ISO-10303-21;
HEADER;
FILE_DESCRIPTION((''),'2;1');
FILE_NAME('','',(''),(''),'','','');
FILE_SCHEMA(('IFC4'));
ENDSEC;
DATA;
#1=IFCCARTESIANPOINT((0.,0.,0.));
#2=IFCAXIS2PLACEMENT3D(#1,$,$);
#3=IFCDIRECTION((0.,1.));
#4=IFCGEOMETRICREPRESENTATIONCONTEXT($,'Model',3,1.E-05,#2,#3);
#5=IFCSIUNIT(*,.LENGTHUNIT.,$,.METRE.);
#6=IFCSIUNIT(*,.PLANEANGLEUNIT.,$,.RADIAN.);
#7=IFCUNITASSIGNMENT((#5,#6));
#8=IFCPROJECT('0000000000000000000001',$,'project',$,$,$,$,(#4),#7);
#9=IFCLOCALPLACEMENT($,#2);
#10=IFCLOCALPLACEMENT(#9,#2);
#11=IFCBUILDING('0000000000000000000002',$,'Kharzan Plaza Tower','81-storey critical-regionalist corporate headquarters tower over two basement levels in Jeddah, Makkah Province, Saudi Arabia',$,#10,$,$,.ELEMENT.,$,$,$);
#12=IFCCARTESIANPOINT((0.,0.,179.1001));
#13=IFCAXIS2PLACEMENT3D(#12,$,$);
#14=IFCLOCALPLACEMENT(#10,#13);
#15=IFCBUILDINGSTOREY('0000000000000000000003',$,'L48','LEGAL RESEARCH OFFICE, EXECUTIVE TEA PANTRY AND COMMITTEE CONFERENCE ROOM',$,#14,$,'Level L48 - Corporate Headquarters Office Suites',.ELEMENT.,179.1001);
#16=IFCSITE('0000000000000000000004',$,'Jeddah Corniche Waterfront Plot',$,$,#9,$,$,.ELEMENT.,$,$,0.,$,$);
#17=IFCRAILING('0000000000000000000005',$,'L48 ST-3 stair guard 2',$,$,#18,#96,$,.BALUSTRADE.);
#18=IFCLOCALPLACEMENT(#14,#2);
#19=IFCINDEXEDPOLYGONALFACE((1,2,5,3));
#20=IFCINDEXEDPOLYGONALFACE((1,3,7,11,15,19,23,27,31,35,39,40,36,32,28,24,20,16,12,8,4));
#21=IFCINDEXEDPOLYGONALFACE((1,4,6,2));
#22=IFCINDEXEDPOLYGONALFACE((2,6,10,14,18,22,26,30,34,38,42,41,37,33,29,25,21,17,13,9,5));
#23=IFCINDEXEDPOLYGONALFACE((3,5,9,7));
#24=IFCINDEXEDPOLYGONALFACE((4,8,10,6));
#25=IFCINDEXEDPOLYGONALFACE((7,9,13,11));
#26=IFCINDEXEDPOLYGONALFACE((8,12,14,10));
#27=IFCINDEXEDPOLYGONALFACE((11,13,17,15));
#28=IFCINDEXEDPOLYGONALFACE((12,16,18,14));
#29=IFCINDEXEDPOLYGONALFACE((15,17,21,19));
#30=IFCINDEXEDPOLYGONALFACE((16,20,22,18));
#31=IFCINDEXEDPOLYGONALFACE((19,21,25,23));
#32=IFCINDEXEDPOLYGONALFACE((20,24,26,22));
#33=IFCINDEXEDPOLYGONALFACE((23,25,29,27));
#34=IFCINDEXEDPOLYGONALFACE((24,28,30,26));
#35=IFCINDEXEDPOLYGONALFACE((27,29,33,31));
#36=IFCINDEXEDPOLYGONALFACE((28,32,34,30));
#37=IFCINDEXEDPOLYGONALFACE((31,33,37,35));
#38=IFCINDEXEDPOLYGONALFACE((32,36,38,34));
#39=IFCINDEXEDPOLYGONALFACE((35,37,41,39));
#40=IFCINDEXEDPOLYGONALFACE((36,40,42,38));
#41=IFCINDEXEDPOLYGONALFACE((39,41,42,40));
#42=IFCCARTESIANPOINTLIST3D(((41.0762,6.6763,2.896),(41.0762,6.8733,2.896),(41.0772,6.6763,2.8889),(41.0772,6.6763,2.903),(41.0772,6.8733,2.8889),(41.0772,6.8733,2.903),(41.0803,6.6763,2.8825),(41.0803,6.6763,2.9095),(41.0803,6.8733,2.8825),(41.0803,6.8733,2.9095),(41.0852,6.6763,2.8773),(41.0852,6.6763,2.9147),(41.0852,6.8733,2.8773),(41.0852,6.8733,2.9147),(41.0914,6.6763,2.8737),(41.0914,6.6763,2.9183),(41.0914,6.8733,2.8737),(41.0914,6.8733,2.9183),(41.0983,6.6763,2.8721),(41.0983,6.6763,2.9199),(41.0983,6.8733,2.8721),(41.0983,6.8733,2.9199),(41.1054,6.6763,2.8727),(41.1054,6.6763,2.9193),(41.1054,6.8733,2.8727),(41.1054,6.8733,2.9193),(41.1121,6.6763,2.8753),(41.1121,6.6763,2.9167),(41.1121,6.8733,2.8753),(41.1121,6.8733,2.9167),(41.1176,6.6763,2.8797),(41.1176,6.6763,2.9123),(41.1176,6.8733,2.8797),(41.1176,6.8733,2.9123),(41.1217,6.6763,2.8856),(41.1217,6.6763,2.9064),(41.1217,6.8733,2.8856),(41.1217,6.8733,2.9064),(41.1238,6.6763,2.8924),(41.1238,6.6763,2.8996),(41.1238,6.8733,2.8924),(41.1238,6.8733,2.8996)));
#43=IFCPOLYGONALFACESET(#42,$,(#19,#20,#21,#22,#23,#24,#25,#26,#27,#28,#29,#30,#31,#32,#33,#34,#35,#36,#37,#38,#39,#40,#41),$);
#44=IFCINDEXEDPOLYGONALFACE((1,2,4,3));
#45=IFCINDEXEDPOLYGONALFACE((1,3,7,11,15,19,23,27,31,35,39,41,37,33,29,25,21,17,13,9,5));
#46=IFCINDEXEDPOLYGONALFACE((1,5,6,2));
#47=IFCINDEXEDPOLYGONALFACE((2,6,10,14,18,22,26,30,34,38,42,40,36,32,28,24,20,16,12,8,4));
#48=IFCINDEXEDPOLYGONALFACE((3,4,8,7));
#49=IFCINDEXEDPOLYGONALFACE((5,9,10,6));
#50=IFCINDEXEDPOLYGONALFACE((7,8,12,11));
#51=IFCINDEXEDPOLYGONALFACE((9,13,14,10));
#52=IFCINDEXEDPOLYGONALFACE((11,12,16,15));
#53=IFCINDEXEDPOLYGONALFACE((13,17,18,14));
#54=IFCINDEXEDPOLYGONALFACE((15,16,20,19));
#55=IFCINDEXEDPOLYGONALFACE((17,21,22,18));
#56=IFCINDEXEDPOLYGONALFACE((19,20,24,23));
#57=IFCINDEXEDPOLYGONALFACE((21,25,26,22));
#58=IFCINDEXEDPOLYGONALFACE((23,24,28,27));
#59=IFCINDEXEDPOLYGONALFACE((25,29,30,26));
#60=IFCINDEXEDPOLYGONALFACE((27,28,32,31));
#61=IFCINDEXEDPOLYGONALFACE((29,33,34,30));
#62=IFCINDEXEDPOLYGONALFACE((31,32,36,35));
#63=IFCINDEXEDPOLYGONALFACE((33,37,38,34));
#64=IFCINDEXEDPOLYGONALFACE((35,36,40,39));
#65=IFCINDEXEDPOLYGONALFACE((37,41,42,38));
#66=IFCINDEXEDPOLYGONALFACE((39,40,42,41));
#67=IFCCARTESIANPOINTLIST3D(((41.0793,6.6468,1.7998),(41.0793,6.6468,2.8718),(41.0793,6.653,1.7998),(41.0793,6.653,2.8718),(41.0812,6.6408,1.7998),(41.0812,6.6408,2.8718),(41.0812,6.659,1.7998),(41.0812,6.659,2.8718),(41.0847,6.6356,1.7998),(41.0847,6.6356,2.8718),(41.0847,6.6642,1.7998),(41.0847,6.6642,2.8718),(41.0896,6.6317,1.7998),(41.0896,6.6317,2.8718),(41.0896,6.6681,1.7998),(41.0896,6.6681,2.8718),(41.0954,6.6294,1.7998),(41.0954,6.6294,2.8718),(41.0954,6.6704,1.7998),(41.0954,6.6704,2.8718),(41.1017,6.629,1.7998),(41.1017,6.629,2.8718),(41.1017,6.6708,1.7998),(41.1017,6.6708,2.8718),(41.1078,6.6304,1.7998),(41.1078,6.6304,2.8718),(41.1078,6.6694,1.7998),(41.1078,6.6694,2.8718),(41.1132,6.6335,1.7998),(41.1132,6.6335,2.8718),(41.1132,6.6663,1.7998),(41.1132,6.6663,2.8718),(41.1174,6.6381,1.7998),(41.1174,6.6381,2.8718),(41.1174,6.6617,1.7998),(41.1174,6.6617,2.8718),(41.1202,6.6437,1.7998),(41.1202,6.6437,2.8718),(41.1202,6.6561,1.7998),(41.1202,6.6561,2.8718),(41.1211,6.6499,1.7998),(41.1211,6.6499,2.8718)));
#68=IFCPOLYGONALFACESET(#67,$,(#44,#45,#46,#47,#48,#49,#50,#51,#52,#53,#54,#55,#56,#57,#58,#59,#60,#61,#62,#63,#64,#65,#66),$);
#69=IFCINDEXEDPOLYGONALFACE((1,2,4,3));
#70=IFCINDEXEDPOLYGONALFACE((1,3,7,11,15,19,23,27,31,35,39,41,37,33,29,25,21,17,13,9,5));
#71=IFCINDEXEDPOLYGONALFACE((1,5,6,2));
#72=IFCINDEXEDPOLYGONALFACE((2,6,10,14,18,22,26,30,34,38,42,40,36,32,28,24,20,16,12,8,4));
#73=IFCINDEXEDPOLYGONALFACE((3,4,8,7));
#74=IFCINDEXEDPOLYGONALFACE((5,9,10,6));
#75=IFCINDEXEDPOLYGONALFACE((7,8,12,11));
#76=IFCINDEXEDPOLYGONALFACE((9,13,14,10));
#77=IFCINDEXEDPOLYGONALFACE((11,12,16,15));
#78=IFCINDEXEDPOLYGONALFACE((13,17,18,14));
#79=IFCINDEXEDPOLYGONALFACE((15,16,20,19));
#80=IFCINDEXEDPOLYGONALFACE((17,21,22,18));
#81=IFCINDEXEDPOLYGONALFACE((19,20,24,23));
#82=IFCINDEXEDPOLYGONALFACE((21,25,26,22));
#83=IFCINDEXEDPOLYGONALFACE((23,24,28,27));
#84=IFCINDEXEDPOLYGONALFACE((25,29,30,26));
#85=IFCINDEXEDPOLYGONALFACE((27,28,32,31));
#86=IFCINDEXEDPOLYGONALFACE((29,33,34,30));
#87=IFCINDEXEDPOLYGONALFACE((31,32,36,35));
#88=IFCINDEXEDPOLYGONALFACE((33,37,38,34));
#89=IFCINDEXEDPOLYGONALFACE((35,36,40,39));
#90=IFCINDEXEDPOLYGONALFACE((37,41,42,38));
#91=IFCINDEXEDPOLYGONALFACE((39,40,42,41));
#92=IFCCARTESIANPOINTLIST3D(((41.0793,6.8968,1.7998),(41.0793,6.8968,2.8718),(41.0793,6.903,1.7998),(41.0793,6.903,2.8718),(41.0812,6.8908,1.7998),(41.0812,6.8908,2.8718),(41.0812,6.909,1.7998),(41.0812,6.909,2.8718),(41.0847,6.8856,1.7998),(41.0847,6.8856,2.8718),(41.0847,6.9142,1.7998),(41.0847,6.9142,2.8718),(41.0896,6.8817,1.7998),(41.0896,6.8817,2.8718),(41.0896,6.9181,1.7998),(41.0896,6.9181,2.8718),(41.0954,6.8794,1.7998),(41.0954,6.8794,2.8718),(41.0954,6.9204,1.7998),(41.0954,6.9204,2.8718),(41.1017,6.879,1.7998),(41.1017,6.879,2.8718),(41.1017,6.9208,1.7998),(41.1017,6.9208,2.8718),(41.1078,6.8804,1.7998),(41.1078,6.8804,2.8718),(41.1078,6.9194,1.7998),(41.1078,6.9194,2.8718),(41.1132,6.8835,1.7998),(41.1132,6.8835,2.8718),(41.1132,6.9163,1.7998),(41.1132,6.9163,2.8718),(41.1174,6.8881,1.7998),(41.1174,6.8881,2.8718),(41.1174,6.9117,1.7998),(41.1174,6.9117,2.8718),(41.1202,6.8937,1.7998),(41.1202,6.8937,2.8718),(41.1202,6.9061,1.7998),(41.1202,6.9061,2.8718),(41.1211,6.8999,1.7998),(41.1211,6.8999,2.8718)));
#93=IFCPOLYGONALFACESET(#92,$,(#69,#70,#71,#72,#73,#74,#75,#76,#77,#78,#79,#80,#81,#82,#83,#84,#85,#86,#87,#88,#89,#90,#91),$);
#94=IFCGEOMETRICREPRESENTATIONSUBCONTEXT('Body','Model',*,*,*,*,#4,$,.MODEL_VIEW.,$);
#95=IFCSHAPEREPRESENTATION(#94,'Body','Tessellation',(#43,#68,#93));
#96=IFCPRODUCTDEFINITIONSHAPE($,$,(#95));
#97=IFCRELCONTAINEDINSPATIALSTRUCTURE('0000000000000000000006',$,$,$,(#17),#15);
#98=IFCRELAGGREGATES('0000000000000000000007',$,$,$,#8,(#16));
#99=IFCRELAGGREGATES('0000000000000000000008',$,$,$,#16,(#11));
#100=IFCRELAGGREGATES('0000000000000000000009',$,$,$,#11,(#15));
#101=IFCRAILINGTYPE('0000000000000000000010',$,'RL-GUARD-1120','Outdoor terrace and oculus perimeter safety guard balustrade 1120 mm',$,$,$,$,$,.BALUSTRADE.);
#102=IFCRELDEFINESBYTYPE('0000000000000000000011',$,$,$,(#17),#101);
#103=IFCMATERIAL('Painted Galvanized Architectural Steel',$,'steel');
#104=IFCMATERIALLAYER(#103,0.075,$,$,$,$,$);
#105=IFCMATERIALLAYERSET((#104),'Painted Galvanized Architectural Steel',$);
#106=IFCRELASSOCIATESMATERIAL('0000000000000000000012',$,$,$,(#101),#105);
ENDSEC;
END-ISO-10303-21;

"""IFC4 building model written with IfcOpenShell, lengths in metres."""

from ifc_helpers import new_model, si_unit, direction, frame, origin, origin_2d, place, context, subcontext, project, spatial, circle, extrude, source, transform, mapped, material, layer, layer_set, type_object, element, save


model = new_model("IFC4")

# Units and contexts
model_context = context("Model", 3, precision=1e-05, world=origin(), true_north=direction((0.0, 1.0)))
body_context = subcontext(model_context, "Body", "Model", "MODEL_VIEW")
ifc_project = project(units=[si_unit("LENGTHUNIT", "METRE"), si_unit("PLANEANGLEUNIT", "RADIAN")], contexts=[model_context])

# Site, building, storey
site_placement = place(None, origin())
site = spatial("IfcSite", under=ifc_project, at=site_placement, Name="Jeddah Corniche Waterfront Plot", CompositionType="ELEMENT", RefElevation=0.0)
building_placement = place(site_placement, origin())
building = spatial("IfcBuilding", under=site, at=building_placement, Name="Kharzan Plaza Tower", Description="81-storey critical-regionalist corporate headquarters tower over two basement levels in Jeddah, Makkah Province, Saudi Arabia", CompositionType="ELEMENT")
storey_placement = place(building_placement, frame((0.0, 0.0, 179.1001)))
storey = spatial("IfcBuildingStorey", under=building, at=storey_placement, Name="L48", Description="LEGAL RESEARCH OFFICE, EXECUTIVE TEA PANTRY AND COMMITTEE CONFERENCE ROOM", LongName="Level L48 - Corporate Headquarters Office Suites", CompositionType="ELEMENT", Elevation=179.1001)

# Railing
ifc_material_1 = material(Name="Painted Galvanized Architectural Steel", Category="steel")
ifc_layer_1 = layer(ifc_material_1, 0.075)
ifc_layer_set_1 = layer_set([ifc_layer_1], Name="Painted Galvanized Architectural Steel")
railing_type_1 = type_object("IfcRailingType", Name="RL-GUARD-1120", Description="Outdoor terrace and oculus perimeter safety guard balustrade 1120 mm", PredefinedType="BALUSTRADE", material=ifc_layer_set_1)
shared_shape_1 = source(origin(), body_context, "Body", "SweptSolid", [
    extrude(circle(Radius=0.0239, at=origin_2d()), frame((0.0, 0.0264, 1.0962), z_axis=(0.0, 1.0, 0.0), x_axis=(-1.0, 0.0, 0.0)), (0.0, 0.0, 1.0), 0.197),
    extrude(circle(Radius=0.021, at=origin_2d()), origin(), (0.0, 0.0, 1.0), 1.072),
    extrude(circle(Radius=0.021, at=origin_2d()), frame((0.0, 0.25, 0.0)), (0.0, 0.0, 1.0), 1.072),
])
railing_1_placement = place(storey_placement, frame((41.1001, 6.6499, 1.7998)))
element("IfcRailing", 1, at=railing_1_placement, inside=storey, type_object=railing_type_1, Name="L48 ST-3 stair guard 2", PredefinedType="BALUSTRADE", context=body_context, shape_type="MappedRepresentation", body=[
    mapped(shared_shape_1, transform((0.0, 0.0, 0.0), x_axis=(1.0, 0.0, 0.0), y_axis=(0.0, 1.0, 0.0), z_axis=(0.0, 0.0, 1.0))),
])

save(model, "model.ifc")
